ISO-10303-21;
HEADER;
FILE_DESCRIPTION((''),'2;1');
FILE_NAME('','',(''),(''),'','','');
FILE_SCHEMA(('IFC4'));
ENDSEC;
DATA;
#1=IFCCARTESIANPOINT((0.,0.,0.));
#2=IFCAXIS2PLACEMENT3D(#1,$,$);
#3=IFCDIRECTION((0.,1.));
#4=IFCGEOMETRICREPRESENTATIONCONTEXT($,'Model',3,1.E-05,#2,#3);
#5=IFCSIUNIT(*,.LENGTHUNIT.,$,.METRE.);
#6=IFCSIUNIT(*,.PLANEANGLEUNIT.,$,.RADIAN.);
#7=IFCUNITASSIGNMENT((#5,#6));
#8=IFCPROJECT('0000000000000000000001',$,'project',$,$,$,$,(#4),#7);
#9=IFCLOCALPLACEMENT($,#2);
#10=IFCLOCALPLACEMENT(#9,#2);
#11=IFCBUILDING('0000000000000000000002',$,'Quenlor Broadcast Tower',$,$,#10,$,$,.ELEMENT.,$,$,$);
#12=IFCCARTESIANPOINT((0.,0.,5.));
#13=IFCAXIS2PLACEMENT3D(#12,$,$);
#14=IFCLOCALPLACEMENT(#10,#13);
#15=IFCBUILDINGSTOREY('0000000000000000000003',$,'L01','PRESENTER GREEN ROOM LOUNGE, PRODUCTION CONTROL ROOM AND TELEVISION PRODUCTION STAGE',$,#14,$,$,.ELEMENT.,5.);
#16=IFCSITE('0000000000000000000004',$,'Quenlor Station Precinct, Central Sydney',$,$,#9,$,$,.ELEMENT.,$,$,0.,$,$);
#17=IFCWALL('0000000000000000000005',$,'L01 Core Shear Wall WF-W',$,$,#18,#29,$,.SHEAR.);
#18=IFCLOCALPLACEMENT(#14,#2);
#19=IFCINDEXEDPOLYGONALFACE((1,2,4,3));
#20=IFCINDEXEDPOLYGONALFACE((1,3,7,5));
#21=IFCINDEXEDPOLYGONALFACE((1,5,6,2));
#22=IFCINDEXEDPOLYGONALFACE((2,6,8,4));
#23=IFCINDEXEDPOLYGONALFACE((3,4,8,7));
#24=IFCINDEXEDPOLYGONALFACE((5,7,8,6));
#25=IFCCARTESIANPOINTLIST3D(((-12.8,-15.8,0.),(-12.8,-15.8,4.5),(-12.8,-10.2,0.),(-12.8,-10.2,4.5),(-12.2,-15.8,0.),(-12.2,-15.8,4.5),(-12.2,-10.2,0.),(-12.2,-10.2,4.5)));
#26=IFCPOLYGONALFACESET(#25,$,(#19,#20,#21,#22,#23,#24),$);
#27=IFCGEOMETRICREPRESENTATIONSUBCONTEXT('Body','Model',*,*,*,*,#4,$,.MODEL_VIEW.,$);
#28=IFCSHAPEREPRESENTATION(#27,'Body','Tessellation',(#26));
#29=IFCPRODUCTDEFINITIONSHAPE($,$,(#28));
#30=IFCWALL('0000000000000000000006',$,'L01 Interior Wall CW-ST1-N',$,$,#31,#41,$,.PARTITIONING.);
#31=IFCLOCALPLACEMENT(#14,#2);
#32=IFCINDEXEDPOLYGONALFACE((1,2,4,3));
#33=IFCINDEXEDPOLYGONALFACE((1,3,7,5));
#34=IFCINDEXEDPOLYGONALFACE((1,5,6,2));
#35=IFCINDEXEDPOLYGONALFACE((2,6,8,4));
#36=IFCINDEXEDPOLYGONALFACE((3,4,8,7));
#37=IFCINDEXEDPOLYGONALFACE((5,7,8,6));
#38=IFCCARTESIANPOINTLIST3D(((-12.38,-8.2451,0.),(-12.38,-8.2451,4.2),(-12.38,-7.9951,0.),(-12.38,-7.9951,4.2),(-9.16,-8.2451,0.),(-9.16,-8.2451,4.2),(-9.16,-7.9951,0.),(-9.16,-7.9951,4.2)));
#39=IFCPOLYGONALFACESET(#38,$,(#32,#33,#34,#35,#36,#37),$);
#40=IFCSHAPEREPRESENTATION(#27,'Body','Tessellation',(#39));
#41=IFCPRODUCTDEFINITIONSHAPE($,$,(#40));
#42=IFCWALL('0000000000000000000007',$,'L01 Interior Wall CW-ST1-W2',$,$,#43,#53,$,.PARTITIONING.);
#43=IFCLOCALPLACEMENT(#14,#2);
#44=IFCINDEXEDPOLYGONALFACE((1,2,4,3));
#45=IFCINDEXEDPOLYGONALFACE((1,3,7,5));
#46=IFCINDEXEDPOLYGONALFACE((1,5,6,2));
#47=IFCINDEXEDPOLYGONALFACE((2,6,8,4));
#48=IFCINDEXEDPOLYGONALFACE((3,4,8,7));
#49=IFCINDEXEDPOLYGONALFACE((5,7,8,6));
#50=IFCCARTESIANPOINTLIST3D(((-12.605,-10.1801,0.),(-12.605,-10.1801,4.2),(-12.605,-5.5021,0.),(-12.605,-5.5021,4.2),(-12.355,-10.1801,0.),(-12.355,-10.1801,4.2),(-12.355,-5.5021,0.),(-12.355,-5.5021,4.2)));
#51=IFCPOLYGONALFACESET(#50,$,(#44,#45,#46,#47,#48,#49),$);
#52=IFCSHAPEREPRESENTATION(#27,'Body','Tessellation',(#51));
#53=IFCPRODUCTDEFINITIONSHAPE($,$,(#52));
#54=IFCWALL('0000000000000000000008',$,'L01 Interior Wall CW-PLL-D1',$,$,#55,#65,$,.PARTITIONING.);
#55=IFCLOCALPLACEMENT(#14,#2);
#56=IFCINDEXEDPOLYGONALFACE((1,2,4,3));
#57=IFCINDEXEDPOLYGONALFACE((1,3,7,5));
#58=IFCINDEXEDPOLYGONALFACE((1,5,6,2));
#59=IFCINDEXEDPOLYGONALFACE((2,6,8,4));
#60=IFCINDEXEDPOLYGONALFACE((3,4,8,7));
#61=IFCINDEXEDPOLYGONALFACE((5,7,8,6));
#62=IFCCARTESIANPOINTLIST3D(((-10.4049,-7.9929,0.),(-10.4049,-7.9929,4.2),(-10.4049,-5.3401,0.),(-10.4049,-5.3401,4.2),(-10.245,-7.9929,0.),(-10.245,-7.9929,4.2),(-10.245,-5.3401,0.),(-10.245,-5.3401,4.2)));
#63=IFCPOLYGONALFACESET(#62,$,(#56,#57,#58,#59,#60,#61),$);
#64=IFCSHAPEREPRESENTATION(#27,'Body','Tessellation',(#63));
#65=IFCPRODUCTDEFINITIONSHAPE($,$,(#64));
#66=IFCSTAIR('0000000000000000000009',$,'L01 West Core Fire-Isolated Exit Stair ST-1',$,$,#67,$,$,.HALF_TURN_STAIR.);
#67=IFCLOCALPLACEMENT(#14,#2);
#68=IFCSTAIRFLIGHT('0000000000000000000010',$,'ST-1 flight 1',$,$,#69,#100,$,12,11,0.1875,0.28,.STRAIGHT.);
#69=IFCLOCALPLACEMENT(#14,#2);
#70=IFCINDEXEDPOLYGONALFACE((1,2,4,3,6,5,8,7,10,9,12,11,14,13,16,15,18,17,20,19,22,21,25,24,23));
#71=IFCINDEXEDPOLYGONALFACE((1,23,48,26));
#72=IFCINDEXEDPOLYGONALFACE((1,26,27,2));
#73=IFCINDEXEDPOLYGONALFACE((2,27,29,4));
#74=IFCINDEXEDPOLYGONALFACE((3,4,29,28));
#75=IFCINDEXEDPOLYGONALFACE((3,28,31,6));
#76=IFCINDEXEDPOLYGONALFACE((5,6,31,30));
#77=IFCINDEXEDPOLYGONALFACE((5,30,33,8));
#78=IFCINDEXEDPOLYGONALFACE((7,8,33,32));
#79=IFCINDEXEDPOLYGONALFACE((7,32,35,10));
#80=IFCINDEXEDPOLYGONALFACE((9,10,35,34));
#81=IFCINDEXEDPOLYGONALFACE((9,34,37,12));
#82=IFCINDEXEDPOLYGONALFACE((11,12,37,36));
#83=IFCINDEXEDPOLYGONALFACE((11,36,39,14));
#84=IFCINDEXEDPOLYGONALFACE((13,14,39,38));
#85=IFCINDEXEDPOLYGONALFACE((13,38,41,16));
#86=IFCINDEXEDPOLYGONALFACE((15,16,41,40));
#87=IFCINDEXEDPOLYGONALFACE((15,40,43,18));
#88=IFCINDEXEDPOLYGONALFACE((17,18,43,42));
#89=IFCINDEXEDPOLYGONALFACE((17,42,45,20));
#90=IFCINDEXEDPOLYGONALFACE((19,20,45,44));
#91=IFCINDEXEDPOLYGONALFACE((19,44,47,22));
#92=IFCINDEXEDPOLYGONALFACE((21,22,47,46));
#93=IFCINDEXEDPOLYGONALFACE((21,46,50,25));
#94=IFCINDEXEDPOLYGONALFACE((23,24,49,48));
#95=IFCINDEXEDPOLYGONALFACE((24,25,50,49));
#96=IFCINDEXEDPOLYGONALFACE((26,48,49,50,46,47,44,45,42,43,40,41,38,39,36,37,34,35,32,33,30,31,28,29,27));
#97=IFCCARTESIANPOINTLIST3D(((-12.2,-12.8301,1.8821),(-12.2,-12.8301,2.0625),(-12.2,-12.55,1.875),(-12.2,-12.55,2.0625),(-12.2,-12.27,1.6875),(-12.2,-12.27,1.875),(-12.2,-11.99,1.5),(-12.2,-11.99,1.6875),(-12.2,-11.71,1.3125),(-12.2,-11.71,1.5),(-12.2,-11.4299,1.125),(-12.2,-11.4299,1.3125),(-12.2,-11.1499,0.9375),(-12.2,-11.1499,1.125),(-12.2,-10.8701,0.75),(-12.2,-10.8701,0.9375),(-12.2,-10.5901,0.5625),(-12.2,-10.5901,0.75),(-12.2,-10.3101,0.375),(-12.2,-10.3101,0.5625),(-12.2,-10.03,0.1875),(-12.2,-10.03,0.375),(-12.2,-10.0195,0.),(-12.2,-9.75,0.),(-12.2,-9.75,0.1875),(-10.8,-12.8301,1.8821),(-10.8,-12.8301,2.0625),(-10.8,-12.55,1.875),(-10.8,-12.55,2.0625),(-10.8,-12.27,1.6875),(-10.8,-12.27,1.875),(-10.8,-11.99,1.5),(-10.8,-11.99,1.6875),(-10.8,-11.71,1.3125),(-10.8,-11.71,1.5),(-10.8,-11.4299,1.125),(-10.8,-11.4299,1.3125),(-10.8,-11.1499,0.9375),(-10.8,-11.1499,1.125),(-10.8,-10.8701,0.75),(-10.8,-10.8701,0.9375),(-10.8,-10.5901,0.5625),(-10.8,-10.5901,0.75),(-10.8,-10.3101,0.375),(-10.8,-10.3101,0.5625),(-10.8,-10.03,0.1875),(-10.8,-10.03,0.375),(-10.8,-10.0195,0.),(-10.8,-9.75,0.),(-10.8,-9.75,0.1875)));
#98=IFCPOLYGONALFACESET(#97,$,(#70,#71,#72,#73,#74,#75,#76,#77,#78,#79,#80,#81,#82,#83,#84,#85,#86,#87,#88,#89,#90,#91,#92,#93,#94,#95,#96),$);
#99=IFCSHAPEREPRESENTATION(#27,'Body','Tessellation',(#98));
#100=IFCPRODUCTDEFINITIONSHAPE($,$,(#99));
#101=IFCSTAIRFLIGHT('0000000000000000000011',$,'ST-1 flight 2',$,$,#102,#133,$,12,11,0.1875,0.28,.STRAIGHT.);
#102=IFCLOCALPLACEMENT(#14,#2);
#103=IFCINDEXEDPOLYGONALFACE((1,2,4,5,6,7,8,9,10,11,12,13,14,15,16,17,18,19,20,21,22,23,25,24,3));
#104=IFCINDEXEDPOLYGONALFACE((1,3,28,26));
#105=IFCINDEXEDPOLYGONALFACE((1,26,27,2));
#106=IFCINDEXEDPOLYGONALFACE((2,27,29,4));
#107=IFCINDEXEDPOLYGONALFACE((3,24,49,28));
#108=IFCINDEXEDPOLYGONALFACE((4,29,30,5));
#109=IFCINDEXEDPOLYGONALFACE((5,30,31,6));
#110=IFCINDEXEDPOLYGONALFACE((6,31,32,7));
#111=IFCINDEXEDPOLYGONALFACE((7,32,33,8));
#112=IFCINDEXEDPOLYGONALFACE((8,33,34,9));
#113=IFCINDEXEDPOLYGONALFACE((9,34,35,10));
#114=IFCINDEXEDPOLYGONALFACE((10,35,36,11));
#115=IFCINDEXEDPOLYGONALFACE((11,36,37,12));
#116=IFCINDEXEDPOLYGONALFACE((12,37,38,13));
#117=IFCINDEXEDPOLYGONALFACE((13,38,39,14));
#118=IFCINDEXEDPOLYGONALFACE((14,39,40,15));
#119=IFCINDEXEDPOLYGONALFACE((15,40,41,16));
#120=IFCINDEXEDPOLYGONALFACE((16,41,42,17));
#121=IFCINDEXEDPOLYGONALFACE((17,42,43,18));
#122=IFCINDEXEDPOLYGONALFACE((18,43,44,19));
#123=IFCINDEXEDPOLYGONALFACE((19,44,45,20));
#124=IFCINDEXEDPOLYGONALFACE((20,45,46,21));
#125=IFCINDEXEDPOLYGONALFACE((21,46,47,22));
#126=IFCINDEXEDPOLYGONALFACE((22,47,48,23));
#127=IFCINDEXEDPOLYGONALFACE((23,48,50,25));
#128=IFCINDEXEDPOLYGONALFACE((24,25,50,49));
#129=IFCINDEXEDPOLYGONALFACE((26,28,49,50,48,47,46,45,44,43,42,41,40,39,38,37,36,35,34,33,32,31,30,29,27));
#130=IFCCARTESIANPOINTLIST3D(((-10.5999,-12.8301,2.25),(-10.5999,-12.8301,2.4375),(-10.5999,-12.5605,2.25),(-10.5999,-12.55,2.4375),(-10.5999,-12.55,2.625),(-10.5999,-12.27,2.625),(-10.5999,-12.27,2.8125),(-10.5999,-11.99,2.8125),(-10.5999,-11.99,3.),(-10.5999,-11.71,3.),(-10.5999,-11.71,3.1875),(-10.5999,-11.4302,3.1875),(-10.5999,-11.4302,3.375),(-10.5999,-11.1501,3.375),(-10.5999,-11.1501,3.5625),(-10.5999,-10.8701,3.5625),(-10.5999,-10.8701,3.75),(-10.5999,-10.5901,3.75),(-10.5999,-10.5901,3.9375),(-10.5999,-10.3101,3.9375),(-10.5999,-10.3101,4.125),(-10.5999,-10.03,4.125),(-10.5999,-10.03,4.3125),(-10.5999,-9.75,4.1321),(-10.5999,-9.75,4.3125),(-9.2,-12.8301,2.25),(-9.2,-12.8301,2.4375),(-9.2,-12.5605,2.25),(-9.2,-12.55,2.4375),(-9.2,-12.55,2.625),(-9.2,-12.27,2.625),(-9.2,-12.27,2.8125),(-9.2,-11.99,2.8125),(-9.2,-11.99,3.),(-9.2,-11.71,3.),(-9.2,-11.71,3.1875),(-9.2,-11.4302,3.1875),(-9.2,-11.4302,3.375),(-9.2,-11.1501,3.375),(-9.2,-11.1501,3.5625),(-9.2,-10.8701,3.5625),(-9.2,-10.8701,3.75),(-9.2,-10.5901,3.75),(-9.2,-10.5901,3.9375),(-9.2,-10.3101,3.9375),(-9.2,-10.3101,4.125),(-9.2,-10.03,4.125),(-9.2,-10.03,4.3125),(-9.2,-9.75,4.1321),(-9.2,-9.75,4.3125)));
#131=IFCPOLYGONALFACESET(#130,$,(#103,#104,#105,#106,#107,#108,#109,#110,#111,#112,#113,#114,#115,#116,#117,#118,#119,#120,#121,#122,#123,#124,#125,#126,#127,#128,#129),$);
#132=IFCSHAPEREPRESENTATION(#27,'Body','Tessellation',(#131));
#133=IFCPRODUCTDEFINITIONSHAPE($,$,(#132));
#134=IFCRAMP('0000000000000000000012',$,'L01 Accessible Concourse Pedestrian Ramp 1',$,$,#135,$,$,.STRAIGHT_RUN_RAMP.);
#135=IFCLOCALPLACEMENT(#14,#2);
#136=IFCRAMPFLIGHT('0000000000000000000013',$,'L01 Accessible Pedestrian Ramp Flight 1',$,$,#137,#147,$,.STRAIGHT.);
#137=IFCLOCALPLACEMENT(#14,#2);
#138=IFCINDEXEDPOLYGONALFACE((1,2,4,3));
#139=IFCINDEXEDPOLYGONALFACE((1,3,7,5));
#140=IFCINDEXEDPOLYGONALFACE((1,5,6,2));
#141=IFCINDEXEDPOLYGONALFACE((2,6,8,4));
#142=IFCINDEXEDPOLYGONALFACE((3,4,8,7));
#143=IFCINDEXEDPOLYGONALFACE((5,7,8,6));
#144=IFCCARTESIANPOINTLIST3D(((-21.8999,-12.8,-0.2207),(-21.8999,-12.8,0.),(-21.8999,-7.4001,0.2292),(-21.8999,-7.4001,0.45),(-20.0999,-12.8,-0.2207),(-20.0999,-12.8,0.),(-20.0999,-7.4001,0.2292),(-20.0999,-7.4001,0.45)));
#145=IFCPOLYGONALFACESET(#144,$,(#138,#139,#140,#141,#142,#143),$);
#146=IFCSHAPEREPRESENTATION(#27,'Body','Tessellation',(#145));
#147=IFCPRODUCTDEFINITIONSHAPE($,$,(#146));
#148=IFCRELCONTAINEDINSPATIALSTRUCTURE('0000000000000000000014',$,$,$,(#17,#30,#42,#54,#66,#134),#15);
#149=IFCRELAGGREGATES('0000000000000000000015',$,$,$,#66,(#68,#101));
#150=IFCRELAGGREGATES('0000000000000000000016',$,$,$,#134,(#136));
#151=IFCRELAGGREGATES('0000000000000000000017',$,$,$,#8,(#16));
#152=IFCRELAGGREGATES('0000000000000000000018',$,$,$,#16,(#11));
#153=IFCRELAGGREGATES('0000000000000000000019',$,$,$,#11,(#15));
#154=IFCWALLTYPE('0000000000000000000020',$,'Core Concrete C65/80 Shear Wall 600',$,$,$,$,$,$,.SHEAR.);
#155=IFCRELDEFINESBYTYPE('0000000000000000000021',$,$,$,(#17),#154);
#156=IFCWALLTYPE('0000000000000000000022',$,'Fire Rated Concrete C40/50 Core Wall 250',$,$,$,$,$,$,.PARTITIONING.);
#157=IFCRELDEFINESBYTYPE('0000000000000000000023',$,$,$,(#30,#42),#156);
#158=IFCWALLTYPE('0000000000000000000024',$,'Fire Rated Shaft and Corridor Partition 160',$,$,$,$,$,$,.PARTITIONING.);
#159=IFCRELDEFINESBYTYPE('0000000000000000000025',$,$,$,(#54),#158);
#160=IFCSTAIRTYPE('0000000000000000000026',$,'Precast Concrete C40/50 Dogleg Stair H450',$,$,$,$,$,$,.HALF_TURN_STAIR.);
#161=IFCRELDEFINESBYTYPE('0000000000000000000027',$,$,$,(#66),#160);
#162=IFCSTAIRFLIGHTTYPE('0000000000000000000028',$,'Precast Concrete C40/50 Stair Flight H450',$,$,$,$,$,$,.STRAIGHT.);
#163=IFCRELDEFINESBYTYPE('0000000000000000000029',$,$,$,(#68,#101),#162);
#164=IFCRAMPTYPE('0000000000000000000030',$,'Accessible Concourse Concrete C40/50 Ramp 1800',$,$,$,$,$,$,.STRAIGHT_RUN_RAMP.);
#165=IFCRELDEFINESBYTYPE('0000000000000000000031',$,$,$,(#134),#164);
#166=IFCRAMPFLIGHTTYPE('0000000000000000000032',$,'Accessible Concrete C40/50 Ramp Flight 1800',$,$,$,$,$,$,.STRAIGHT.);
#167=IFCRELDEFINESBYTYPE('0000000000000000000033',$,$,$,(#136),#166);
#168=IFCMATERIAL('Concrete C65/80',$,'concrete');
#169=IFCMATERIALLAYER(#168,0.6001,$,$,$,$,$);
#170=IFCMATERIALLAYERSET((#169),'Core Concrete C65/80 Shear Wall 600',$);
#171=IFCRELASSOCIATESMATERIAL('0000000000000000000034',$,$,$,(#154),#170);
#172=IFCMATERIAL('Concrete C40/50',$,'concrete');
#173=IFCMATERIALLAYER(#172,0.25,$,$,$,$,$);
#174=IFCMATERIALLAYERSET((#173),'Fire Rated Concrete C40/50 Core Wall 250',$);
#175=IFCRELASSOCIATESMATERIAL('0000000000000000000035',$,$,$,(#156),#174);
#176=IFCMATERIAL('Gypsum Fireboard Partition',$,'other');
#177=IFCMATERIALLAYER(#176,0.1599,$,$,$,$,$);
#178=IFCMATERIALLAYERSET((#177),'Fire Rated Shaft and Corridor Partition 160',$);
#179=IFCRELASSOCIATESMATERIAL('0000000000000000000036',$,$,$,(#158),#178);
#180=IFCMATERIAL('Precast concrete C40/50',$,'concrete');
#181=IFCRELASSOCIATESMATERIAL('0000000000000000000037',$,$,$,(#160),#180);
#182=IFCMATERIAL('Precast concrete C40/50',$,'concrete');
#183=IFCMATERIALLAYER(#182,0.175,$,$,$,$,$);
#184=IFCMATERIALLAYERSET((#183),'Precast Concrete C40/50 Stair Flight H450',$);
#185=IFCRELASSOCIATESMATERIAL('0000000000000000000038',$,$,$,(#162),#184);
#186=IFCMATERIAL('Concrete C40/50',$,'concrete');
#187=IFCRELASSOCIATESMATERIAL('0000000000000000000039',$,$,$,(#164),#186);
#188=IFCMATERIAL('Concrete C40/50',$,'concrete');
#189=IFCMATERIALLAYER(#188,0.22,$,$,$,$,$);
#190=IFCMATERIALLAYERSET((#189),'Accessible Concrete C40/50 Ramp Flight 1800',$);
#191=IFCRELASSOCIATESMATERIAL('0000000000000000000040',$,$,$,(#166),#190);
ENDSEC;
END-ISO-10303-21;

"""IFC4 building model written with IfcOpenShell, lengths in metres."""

from ifc_helpers import new_model, si_unit, direction, frame, frame_2d, origin, place, context, subcontext, project, spatial, polyline, rectangle, outline, extrude, material, layer, layer_set, type_object, element, aggregate, save


model = new_model("IFC4")

# Units and contexts
model_context = context("Model", 3, precision=1e-05, world=origin(), true_north=direction((0.0, 1.0)))
body_context = subcontext(model_context, "Body", "Model", "MODEL_VIEW")
ifc_project = project(units=[si_unit("LENGTHUNIT", "METRE"), si_unit("PLANEANGLEUNIT", "RADIAN")], contexts=[model_context])

# Site, building, storey
site_placement = place(None, origin())
site = spatial("IfcSite", under=ifc_project, at=site_placement, Name="Quenlor Station Precinct, Central Sydney", CompositionType="ELEMENT", RefElevation=0.0)
building_placement = place(site_placement, origin())
building = spatial("IfcBuilding", under=site, at=building_placement, Name="Quenlor Broadcast Tower", CompositionType="ELEMENT")
storey_placement = place(building_placement, frame((0.0, 0.0, 5.0)))
storey = spatial("IfcBuildingStorey", under=building, at=storey_placement, Name="L01", Description="PRESENTER GREEN ROOM LOUNGE, PRODUCTION CONTROL ROOM AND TELEVISION PRODUCTION STAGE", CompositionType="ELEMENT", Elevation=5.0)

# Walls
ifc_material_1 = material(Name="Concrete C65/80", Category="concrete")
ifc_layer_1 = layer(ifc_material_1, 0.6001)
ifc_layer_set_1 = layer_set([ifc_layer_1], Name="Core Concrete C65/80 Shear Wall 600")
wall_type_1 = type_object("IfcWallType", Name="Core Concrete C65/80 Shear Wall 600", PredefinedType="SHEAR", material=ifc_layer_set_1)
wall_1_placement = place(storey_placement, frame((-12.5, -15.8, 0.0), z_axis=(0.0, 0.0, 1.0), x_axis=(0.0, 1.0, 0.0)))
element("IfcWall", 1, at=wall_1_placement, inside=storey, type_object=wall_type_1, Name="L01 Core Shear Wall WF-W", PredefinedType="SHEAR", context=body_context, shape_type="SweptSolid", body=[
    extrude(rectangle(XDim=5.6001, YDim=0.6001, at=frame_2d((2.8, 0.0))), origin(), (0.0, 0.0, 1.0), 4.5),
])
ifc_material_2 = material(Name="Concrete C40/50", Category="concrete")
ifc_layer_2 = layer(ifc_material_2, 0.25)
ifc_layer_set_2 = layer_set([ifc_layer_2], Name="Fire Rated Concrete C40/50 Core Wall 250")
wall_type_2 = type_object("IfcWallType", Name="Fire Rated Concrete C40/50 Core Wall 250", PredefinedType="PARTITIONING", material=ifc_layer_set_2)
wall_2_placement = place(storey_placement, frame((-12.3799, -8.1201, 0.0), z_axis=(0.0, 0.0, 1.0), x_axis=(1.0, 0.0, 0.0)))
element("IfcWall", 2, at=wall_2_placement, inside=storey, type_object=wall_type_2, Name="L01 Interior Wall CW-ST1-N", PredefinedType="PARTITIONING", context=body_context, shape_type="SweptSolid", body=[
    extrude(rectangle(XDim=3.22, YDim=0.25, at=frame_2d((1.6099, 0.0))), origin(), (0.0, 0.0, 1.0), 4.2),
])
wall_3_placement = place(storey_placement, frame((-12.48, -10.1799, 0.0), z_axis=(0.0, 0.0, 1.0), x_axis=(0.0, 1.0, 0.0)))
element("IfcWall", 3, at=wall_3_placement, inside=storey, type_object=wall_type_2, Name="L01 Interior Wall CW-ST1-W2", PredefinedType="PARTITIONING", context=body_context, shape_type="SweptSolid", body=[
    extrude(rectangle(XDim=4.678, YDim=0.25, at=frame_2d((2.3389, 0.0))), origin(), (0.0, 0.0, 1.0), 4.2),
])

# Wall
ifc_material_3 = material(Name="Gypsum Fireboard Partition", Category="other")
ifc_layer_3 = layer(ifc_material_3, 0.1599)
ifc_layer_set_3 = layer_set([ifc_layer_3], Name="Fire Rated Shaft and Corridor Partition 160")
wall_type_3 = type_object("IfcWallType", Name="Fire Rated Shaft and Corridor Partition 160", PredefinedType="PARTITIONING", material=ifc_layer_set_3)
wall_4_placement = place(storey_placement, frame((-10.325, -7.9929, 0.0), z_axis=(0.0, 0.0, 1.0), x_axis=(0.0, 1.0, 0.0)))
element("IfcWall", 4, at=wall_4_placement, inside=storey, type_object=wall_type_3, Name="L01 Interior Wall CW-PLL-D1", PredefinedType="PARTITIONING", context=body_context, shape_type="SweptSolid", body=[
    extrude(rectangle(XDim=2.6528, YDim=0.1599, at=frame_2d((1.3264, 0.0))), origin(), (0.0, 0.0, 1.0), 4.2),
])

# Stair, stair flights
ifc_material_4 = material(Name="Precast concrete C40/50", Category="concrete")
stair_type = type_object("IfcStairType", Name="Precast Concrete C40/50 Dogleg Stair H450", PredefinedType="HALF_TURN_STAIR", material=ifc_material_4)
stair_placement = place(storey_placement, origin())
stair = element("IfcStair", 5, at=stair_placement, inside=storey, type_object=stair_type, Name="L01 West Core Fire-Isolated Exit Stair ST-1", PredefinedType="HALF_TURN_STAIR")
ifc_material_5 = material(Name="Precast concrete C40/50", Category="concrete")
ifc_layer_4 = layer(ifc_material_5, 0.175)
ifc_layer_set_4 = layer_set([ifc_layer_4], Name="Precast Concrete C40/50 Stair Flight H450")
stair_flight_type = type_object("IfcStairFlightType", Name="Precast Concrete C40/50 Stair Flight H450", PredefinedType="STRAIGHT", material=ifc_layer_set_4)
stair_flight_1_placement = place(storey_placement, frame((-11.5, -9.75, 0.0), z_axis=(0.0, 0.0, 1.0), x_axis=(0.0, -1.0, 0.0)))
stair_flight_1 = element("IfcStairFlight", 6, at=stair_flight_1_placement, type_object=stair_flight_type, Name="ST-1 flight 1", NumberOfRisers=12, NumberOfTreads=11, PredefinedType="STRAIGHT", RiserHeight=0.1875, TreadLength=0.28, context=body_context, shape_type="SweptSolid", body=[
    extrude(outline(polyline([(0.0, 0.0), (0.0, 0.1875), (0.28, 0.1875), (0.28, 0.375), (0.5601, 0.375), (0.5601, 0.5625), (0.8401, 0.5625), (0.8401, 0.75), (1.1201, 0.75), (1.1201, 0.9375), (1.3999, 0.9375), (1.3999, 1.125), (1.6799, 1.125), (1.6799, 1.3125), (1.96, 1.3125), (1.96, 1.5), (2.24, 1.5), (2.24, 1.6875), (2.52, 1.6875), (2.52, 1.875), (2.8, 1.875), (2.8, 2.0625), (3.0801, 2.0625), (3.0801, 2.25), (3.0801, 1.8821), (0.2695, 0.0), (0.0, 0.0)])), frame((0.0, 0.7, 0.0), z_axis=(0.0, -1.0, 0.0), x_axis=(1.0, 0.0, 0.0)), (0.0, 0.0, 1.0), 1.3999),
])
stair_flight_2_placement = place(storey_placement, frame((-9.8999, -12.8301, 2.25), z_axis=(0.0, 0.0, 1.0), x_axis=(0.0, 1.0, 0.0)))
stair_flight_2 = element("IfcStairFlight", 7, at=stair_flight_2_placement, type_object=stair_flight_type, Name="ST-1 flight 2", NumberOfRisers=12, NumberOfTreads=11, PredefinedType="STRAIGHT", RiserHeight=0.1875, TreadLength=0.28, context=body_context, shape_type="SweptSolid", body=[
    extrude(outline(polyline([(0.0, 0.0), (0.0, 0.1875), (0.28, 0.1875), (0.28, 0.375), (0.5601, 0.375), (0.5601, 0.5625), (0.8401, 0.5625), (0.8401, 0.75), (1.1201, 0.75), (1.1201, 0.9375), (1.3999, 0.9375), (1.3999, 1.125), (1.6799, 1.125), (1.6799, 1.3125), (1.96, 1.3125), (1.96, 1.5), (2.24, 1.5), (2.24, 1.6875), (2.52, 1.6875), (2.52, 1.875), (2.8, 1.875), (2.8, 2.0625), (3.0801, 2.0625), (3.0801, 2.25), (3.0801, 1.8821), (0.2695, 0.0), (0.0, 0.0)])), frame((0.0, 0.7, 0.0), z_axis=(0.0, -1.0, 0.0), x_axis=(1.0, 0.0, 0.0)), (0.0, 0.0, 1.0), 1.3999),
])
aggregate(stair, [stair_flight_1, stair_flight_2])

# Ramp, ramp flight
ifc_material_6 = material(Name="Concrete C40/50", Category="concrete")
ramp_type = type_object("IfcRampType", Name="Accessible Concourse Concrete C40/50 Ramp 1800", PredefinedType="STRAIGHT_RUN_RAMP", material=ifc_material_6)
ramp_placement = place(storey_placement, origin())
ramp = element("IfcRamp", 8, at=ramp_placement, inside=storey, type_object=ramp_type, Name="L01 Accessible Concourse Pedestrian Ramp 1", PredefinedType="STRAIGHT_RUN_RAMP")
ifc_material_7 = material(Name="Concrete C40/50", Category="concrete")
ifc_layer_5 = layer(ifc_material_7, 0.22)
ifc_layer_set_5 = layer_set([ifc_layer_5], Name="Accessible Concrete C40/50 Ramp Flight 1800")
ramp_flight_type = type_object("IfcRampFlightType", Name="Accessible Concrete C40/50 Ramp Flight 1800", PredefinedType="STRAIGHT", material=ifc_layer_set_5)
ramp_flight_placement = place(storey_placement, frame((-21.0, -12.8, 0.0), z_axis=(0.0, 0.0, 1.0), x_axis=(0.0, 1.0, 0.0)))
ramp_flight = element("IfcRampFlight", 9, at=ramp_flight_placement, type_object=ramp_flight_type, Name="L01 Accessible Pedestrian Ramp Flight 1", PredefinedType="STRAIGHT", context=body_context, shape_type="SweptSolid", body=[
    extrude(outline(polyline([(0.0, 0.0), (5.3999, 0.45), (5.3999, 0.2292), (0.0, -0.2207), (0.0, 0.0)])), frame((0.0, 0.8999, 0.0), z_axis=(0.0, -1.0, 0.0), x_axis=(1.0, 0.0, 0.0)), (0.0, 0.0, 1.0), 1.8),
])
aggregate(ramp, [ramp_flight])

save(model, "model.ifc")
